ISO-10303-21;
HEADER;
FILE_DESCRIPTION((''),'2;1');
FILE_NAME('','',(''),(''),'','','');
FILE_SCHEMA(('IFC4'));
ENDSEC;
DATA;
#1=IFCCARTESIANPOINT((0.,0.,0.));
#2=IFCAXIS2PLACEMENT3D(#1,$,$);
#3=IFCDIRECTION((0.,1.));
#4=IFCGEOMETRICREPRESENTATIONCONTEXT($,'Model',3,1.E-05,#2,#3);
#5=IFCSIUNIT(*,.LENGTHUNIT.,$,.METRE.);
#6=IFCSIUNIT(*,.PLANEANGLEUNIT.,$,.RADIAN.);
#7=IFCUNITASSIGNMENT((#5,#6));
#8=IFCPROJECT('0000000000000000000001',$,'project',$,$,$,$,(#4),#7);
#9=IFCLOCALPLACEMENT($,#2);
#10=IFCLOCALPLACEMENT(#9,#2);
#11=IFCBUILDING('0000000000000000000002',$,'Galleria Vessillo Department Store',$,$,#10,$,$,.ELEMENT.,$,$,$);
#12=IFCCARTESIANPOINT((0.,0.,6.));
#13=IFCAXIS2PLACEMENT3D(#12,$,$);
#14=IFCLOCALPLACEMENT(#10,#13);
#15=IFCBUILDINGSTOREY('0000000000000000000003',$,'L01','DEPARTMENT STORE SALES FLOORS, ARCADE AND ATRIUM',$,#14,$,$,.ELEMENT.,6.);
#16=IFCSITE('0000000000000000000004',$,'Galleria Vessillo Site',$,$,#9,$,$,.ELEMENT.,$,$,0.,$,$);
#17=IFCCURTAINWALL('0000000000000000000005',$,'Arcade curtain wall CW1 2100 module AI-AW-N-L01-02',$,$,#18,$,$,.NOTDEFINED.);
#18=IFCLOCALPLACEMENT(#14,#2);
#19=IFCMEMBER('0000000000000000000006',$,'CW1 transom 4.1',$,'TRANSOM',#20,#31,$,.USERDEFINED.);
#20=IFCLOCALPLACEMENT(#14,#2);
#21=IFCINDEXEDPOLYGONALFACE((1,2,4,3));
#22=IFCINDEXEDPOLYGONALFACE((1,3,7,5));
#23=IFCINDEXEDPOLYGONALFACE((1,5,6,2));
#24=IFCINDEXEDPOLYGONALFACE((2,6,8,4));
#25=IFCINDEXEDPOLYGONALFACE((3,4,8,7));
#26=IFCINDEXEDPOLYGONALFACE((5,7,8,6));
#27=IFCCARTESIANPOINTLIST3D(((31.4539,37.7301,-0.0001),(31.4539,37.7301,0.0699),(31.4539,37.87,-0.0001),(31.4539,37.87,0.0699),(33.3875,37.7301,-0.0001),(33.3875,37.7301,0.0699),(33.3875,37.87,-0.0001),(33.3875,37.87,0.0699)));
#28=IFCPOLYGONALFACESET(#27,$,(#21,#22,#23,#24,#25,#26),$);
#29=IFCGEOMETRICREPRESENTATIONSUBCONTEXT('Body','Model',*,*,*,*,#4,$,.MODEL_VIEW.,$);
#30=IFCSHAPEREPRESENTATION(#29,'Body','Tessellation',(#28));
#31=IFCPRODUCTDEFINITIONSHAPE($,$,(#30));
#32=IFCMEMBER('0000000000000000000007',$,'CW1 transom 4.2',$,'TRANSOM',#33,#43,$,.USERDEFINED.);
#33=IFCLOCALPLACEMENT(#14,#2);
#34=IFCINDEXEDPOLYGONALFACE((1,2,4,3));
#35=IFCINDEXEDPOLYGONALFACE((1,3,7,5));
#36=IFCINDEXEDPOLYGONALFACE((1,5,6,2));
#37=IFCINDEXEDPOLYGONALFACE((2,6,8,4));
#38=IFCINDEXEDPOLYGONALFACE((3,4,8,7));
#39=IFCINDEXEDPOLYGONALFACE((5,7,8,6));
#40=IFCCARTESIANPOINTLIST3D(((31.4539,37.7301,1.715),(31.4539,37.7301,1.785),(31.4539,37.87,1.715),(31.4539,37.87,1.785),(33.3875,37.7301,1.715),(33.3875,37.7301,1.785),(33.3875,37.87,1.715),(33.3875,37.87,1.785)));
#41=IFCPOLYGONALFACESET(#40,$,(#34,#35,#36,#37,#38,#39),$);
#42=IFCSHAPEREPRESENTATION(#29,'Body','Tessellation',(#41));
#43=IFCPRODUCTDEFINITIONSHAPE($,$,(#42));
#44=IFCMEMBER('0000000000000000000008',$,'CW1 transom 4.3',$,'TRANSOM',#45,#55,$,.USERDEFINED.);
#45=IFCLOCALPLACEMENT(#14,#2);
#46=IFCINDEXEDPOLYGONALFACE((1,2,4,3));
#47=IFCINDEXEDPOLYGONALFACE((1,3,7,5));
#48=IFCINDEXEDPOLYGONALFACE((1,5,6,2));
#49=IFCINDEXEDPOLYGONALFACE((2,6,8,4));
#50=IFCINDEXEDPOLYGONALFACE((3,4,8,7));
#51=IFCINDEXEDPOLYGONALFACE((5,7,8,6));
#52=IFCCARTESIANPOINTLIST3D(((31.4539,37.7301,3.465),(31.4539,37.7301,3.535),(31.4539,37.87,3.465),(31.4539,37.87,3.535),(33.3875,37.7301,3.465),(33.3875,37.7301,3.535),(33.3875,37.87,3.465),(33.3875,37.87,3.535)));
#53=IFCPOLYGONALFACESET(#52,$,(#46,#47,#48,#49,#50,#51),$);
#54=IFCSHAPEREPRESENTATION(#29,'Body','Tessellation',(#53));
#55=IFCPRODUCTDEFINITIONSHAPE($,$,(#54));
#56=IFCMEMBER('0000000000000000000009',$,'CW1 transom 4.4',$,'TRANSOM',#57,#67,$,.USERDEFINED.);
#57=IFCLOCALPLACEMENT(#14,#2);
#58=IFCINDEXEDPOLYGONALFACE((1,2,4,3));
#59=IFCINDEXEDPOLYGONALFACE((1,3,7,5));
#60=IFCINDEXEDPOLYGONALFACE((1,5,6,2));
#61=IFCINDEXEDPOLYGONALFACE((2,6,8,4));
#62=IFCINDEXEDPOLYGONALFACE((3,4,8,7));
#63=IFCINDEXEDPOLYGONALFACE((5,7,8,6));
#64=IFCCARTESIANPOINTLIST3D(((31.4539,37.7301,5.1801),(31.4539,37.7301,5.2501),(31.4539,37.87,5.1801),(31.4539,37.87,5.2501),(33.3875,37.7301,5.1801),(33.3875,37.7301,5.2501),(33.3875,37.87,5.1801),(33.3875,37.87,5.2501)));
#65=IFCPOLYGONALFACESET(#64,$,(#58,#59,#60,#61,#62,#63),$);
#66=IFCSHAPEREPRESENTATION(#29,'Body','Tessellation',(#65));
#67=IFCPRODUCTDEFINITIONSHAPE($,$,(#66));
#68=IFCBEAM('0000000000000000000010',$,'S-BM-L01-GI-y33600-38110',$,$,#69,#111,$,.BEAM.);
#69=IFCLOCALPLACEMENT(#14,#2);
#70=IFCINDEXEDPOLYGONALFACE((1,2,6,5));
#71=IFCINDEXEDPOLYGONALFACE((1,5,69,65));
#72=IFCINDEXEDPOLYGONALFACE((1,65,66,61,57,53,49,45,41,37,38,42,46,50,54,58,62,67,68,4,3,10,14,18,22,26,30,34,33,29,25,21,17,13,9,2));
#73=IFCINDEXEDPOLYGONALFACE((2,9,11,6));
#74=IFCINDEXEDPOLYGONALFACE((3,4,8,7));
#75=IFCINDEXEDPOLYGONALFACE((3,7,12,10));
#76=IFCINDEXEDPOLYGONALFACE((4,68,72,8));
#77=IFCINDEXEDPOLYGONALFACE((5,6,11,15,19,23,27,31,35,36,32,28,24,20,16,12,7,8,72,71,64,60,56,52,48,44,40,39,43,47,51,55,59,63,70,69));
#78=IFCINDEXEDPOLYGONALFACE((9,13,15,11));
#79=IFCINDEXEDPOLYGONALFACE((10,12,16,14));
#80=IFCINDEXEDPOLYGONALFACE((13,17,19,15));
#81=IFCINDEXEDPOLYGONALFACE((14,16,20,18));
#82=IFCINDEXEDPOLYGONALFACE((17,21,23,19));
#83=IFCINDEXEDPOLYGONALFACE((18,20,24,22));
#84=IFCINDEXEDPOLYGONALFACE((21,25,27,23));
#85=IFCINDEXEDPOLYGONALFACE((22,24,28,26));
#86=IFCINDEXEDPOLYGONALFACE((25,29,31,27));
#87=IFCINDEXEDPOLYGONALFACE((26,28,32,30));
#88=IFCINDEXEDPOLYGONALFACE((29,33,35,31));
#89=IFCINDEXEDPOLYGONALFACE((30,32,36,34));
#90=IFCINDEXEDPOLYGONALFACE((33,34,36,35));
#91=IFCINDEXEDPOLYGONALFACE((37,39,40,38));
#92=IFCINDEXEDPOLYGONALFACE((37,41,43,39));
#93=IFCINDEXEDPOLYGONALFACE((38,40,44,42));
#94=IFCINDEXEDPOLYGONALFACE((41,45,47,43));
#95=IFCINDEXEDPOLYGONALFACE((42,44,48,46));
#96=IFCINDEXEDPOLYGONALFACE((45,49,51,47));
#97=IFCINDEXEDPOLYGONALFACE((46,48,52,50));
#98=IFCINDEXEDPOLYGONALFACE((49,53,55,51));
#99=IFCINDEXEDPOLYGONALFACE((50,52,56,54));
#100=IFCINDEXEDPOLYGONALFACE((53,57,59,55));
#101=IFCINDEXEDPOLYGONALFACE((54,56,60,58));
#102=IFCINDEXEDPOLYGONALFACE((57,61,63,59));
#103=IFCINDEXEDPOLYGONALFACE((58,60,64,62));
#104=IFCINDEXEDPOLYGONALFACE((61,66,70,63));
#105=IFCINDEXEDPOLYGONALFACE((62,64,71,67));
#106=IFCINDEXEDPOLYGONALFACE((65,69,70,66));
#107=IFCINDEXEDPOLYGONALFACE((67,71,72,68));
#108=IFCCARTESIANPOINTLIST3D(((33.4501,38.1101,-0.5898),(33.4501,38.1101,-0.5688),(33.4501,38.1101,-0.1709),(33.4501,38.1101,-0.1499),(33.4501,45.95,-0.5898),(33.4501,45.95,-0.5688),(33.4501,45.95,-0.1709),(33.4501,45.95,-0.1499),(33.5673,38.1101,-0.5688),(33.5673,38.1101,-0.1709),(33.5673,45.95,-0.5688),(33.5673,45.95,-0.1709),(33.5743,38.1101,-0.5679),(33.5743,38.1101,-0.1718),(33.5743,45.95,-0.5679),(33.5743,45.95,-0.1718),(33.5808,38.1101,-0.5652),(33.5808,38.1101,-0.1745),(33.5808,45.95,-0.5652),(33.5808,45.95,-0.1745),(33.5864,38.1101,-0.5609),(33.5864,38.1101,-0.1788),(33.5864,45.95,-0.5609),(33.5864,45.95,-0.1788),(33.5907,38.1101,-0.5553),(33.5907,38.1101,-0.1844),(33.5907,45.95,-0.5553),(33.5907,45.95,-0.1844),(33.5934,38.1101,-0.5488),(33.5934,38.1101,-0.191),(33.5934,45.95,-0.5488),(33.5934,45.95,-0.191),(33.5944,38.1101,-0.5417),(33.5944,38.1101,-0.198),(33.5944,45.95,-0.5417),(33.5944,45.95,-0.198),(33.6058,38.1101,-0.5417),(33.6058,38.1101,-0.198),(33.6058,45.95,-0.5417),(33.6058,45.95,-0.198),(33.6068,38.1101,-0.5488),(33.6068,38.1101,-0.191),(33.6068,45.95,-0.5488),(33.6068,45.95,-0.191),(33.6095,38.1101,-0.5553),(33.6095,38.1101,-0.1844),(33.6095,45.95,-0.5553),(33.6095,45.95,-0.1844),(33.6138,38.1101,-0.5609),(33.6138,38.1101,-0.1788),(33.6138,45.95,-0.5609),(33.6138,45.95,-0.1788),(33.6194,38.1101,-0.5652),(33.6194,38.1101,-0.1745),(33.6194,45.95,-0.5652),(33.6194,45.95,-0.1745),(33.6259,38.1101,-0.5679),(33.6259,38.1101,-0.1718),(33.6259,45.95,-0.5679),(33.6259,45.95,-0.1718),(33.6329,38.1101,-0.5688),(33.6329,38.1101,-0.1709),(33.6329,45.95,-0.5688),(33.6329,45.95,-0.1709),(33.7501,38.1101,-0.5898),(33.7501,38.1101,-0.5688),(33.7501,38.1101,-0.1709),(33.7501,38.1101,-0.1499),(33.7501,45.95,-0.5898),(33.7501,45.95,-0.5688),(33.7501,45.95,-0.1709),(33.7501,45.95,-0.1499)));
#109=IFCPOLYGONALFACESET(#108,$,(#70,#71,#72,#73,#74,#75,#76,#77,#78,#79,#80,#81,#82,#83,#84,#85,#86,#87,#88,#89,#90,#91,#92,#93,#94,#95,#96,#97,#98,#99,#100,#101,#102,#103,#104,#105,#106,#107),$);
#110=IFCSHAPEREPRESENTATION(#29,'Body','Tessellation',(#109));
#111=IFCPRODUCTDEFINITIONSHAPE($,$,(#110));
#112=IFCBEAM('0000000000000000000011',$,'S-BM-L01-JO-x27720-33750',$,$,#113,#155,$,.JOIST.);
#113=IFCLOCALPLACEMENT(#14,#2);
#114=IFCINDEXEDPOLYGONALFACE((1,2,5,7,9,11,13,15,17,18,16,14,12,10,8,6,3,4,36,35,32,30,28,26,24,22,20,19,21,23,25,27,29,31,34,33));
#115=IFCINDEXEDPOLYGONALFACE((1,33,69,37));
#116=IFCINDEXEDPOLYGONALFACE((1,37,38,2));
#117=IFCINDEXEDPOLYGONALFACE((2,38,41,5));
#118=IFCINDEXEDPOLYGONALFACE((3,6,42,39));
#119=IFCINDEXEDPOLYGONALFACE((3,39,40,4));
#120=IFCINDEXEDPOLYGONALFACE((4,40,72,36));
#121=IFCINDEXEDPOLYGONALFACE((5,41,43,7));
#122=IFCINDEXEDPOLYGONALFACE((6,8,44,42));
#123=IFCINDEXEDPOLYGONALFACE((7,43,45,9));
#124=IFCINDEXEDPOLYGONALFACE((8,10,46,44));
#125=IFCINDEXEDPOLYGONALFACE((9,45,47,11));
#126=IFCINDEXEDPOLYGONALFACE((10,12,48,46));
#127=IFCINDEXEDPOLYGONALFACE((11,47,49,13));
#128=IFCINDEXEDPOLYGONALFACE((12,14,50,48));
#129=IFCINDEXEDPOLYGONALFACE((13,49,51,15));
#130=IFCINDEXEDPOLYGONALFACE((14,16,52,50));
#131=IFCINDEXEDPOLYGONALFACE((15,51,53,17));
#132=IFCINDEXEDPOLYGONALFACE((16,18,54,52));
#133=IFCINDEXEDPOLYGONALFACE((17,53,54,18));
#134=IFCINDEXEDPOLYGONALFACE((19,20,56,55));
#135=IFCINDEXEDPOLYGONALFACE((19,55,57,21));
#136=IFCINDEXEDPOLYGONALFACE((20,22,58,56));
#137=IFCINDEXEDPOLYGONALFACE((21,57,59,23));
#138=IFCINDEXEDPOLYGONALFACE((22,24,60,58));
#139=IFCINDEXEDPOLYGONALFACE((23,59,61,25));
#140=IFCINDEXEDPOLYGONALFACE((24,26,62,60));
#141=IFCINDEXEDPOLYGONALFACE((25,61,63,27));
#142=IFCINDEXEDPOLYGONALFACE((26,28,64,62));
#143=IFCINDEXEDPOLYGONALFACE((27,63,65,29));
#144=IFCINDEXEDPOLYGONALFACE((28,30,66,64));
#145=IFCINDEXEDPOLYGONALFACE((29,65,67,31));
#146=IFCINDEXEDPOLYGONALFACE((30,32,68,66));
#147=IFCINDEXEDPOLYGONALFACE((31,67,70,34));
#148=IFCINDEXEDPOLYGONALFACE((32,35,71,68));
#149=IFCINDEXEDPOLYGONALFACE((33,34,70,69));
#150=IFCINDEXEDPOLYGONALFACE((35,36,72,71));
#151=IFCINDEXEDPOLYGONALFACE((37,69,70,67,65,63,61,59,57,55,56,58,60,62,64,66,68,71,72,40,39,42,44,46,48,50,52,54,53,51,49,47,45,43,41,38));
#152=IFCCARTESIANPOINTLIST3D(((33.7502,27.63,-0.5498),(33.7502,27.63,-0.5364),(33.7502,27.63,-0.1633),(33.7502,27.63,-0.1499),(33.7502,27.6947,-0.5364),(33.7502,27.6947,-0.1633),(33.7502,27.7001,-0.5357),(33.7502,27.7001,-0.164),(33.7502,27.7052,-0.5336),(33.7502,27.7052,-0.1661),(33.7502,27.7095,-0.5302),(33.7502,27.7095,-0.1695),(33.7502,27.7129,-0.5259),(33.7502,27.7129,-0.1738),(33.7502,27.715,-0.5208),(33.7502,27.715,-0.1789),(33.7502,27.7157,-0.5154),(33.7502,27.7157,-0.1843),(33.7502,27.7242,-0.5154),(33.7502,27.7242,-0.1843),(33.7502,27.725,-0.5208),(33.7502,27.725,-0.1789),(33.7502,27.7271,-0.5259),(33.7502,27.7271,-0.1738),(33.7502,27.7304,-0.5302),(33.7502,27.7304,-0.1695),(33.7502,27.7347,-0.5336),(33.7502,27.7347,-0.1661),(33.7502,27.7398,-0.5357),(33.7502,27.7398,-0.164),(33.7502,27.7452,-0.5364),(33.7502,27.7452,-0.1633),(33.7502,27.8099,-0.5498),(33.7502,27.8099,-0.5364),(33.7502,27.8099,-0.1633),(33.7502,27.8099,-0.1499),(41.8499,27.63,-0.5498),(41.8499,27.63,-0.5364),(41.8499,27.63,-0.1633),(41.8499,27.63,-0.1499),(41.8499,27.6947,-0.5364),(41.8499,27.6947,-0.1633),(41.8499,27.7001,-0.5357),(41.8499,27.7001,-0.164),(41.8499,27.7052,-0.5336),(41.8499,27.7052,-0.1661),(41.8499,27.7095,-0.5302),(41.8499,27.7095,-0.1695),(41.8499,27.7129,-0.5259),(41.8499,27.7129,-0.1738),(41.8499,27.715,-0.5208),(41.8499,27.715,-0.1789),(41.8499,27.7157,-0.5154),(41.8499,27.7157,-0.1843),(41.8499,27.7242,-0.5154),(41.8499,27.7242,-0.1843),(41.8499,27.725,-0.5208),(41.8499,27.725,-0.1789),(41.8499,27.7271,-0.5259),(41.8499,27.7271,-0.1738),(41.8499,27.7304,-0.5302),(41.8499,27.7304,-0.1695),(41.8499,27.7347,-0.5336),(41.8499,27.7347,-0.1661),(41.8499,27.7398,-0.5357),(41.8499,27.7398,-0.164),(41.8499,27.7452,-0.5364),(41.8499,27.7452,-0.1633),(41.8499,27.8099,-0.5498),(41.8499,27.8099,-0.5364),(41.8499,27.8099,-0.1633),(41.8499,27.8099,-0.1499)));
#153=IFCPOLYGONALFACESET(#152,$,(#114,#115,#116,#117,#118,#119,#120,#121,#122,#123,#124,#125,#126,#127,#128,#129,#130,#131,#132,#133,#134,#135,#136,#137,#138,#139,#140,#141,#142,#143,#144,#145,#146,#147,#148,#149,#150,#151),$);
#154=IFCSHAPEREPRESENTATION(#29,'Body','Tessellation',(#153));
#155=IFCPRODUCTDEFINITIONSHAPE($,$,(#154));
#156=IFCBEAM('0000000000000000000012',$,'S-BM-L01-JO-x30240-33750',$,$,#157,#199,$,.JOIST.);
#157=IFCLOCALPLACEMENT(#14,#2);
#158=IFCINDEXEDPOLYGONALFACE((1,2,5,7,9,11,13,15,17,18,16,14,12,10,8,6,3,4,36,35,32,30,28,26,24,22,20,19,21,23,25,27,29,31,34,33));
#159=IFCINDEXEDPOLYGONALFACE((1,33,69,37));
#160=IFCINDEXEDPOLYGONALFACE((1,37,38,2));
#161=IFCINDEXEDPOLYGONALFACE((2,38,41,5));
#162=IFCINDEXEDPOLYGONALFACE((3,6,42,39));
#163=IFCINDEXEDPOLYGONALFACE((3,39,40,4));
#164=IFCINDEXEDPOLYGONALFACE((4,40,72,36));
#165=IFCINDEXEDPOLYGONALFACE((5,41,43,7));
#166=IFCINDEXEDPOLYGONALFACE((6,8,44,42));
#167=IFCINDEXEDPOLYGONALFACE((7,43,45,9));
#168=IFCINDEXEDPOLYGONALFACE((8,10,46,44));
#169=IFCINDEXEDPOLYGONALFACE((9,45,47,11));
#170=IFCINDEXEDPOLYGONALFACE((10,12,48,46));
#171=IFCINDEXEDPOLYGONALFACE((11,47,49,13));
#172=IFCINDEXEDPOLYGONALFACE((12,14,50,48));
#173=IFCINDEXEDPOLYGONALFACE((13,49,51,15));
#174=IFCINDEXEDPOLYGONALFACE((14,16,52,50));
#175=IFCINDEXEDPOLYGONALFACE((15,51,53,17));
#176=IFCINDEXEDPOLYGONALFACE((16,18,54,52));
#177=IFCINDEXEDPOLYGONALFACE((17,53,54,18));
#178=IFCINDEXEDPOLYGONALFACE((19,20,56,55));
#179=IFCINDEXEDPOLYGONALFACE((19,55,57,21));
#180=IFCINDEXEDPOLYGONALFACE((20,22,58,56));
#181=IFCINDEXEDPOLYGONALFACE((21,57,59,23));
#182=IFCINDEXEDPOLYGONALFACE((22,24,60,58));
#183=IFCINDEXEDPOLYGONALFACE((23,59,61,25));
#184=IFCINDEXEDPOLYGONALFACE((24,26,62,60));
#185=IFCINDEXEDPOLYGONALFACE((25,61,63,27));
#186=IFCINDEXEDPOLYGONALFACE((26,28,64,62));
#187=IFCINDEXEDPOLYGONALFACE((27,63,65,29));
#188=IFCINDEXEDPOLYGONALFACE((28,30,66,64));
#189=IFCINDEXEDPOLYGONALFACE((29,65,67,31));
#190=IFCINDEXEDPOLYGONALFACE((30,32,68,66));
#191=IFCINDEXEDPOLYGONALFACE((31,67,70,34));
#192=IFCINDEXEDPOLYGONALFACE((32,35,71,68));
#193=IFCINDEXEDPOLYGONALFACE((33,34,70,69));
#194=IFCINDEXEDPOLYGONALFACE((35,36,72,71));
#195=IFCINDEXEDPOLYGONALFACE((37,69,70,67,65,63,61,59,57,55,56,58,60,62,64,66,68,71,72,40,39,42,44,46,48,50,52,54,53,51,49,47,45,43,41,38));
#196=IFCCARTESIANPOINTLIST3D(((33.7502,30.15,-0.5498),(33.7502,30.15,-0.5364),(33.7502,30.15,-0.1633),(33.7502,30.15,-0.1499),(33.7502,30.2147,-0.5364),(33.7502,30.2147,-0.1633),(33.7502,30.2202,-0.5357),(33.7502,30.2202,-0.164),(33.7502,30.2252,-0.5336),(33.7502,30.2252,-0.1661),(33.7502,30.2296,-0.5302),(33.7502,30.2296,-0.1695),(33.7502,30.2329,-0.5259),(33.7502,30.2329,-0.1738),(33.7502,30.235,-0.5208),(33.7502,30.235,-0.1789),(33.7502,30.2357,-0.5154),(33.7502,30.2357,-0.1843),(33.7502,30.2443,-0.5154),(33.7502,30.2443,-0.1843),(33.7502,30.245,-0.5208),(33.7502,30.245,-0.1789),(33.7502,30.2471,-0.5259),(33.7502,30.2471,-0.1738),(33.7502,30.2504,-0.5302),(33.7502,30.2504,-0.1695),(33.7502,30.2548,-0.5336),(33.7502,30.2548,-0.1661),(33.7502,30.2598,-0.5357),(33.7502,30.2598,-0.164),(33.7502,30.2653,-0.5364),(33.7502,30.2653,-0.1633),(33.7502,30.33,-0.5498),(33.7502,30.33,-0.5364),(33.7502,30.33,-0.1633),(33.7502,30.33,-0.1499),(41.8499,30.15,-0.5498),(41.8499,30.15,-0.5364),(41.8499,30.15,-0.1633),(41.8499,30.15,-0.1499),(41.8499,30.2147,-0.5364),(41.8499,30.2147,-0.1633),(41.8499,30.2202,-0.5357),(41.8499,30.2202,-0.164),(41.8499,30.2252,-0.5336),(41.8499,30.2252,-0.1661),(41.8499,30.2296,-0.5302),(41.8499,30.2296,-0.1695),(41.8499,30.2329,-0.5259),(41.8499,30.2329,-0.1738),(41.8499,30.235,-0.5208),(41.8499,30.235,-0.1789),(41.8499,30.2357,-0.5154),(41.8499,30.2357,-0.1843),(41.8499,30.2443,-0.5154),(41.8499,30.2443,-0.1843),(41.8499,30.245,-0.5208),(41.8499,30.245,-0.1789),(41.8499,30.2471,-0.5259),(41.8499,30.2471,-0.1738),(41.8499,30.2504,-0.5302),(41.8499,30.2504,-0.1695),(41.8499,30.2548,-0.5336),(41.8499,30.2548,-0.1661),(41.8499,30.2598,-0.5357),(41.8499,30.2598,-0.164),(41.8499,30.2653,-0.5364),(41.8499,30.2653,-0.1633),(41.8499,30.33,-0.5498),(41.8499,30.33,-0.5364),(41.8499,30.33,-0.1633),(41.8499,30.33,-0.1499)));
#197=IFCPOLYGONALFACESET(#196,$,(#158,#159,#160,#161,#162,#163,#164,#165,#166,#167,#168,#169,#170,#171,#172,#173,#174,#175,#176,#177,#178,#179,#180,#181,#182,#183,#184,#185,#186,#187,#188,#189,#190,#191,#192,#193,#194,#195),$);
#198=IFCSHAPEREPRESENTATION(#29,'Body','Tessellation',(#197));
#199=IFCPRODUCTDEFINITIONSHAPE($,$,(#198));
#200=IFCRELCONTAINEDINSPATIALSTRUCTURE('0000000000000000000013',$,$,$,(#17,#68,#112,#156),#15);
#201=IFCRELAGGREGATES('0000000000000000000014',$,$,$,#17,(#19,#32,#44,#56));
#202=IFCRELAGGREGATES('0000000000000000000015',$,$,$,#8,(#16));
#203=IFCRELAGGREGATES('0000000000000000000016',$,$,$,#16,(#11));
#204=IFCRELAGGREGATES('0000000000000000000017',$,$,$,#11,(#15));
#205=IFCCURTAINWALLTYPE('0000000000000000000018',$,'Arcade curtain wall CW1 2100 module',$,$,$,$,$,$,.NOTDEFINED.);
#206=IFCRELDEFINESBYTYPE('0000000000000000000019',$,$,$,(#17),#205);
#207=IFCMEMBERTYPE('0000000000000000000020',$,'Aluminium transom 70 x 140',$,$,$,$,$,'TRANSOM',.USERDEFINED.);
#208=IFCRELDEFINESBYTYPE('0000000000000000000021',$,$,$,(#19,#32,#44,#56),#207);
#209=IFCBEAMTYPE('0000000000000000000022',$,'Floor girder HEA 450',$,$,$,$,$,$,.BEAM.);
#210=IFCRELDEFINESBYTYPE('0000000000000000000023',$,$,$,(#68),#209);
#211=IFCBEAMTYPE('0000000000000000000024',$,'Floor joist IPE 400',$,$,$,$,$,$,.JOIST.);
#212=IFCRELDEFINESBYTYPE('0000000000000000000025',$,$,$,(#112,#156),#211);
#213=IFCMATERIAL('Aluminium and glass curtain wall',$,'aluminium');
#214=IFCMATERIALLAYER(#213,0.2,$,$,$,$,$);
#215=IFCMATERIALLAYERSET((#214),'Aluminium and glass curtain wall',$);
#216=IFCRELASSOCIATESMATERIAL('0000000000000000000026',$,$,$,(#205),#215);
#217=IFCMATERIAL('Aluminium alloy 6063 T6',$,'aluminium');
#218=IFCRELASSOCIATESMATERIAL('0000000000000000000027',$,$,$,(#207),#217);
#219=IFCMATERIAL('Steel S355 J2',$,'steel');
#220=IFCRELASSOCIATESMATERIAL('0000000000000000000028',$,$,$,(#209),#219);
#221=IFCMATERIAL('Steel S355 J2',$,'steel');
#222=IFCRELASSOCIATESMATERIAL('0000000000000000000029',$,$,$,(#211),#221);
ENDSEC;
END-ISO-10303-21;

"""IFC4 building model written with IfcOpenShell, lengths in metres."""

from ifc_helpers import new_model, si_unit, direction, frame, origin, origin_2d, place, context, subcontext, project, spatial, rectangle, i_section, extrude, material, layer, layer_set, material_profile, profile_set, type_object, element, aggregate, save


model = new_model("IFC4")

# Units and contexts
model_context = context("Model", 3, precision=1e-05, world=origin(), true_north=direction((0.0, 1.0)))
body_context = subcontext(model_context, "Body", "Model", "MODEL_VIEW")
ifc_project = project(units=[si_unit("LENGTHUNIT", "METRE"), si_unit("PLANEANGLEUNIT", "RADIAN")], contexts=[model_context])

# Site, building, storey
site_placement = place(None, origin())
site = spatial("IfcSite", under=ifc_project, at=site_placement, Name="Galleria Vessillo Site", CompositionType="ELEMENT", RefElevation=0.0)
building_placement = place(site_placement, origin())
building = spatial("IfcBuilding", under=site, at=building_placement, Name="Galleria Vessillo Department Store", CompositionType="ELEMENT")
storey_placement = place(building_placement, frame((0.0, 0.0, 6.0)))
storey = spatial("IfcBuildingStorey", under=building, at=storey_placement, Name="L01", Description="DEPARTMENT STORE SALES FLOORS, ARCADE AND ATRIUM", CompositionType="ELEMENT", Elevation=6.0)

# Curtain wall, members
ifc_material_1 = material(Name="Aluminium and glass curtain wall", Category="aluminium")
ifc_layer_1 = layer(ifc_material_1, 0.2)
ifc_layer_set_1 = layer_set([ifc_layer_1], Name="Aluminium and glass curtain wall")
curtain_wall_type = type_object("IfcCurtainWallType", Name="Arcade curtain wall CW1 2100 module", PredefinedType="NOTDEFINED", material=ifc_layer_set_1)
curtain_wall_placement = place(storey_placement, origin())
curtain_wall = element("IfcCurtainWall", 1, at=curtain_wall_placement, inside=storey, type_object=curtain_wall_type, Name="Arcade curtain wall CW1 2100 module AI-AW-N-L01-02", PredefinedType="NOTDEFINED")
ifc_material_2 = material(Name="Aluminium alloy 6063 T6", Category="aluminium")
ifc_material_profile_1 = material_profile(ifc_material_2, rectangle(XDim=0.1399, YDim=0.0701, at=origin_2d()), Name="AL 70x140")
ifc_profile_set_1 = profile_set([ifc_material_profile_1], Name="Aluminium alloy 6063 T6")
member_type_1 = type_object("IfcMemberType", Name="Aluminium transom 70 x 140", ElementType="TRANSOM", PredefinedType="USERDEFINED", material=ifc_profile_set_1)
member_1_placement = place(storey_placement, frame((31.4539, 37.8, 0.0349), z_axis=(1.0, 0.0, 0.0), x_axis=(0.0, 1.0, 0.0)))
member_1 = element("IfcMember", 2, at=member_1_placement, type_object=member_type_1, Name="CW1 transom 4.1", ObjectType="TRANSOM", PredefinedType="USERDEFINED", context=body_context, shape_type="SweptSolid", body=[
    extrude(rectangle(XDim=0.1399, YDim=0.0701, at=origin_2d()), origin(), (0.0, 0.0, 1.0), 1.9336),
])
member_2_placement = place(storey_placement, frame((31.4539, 37.8, 1.75), z_axis=(1.0, 0.0, 0.0), x_axis=(0.0, 1.0, 0.0)))
member_2 = element("IfcMember", 3, at=member_2_placement, type_object=member_type_1, Name="CW1 transom 4.2", ObjectType="TRANSOM", PredefinedType="USERDEFINED", context=body_context, shape_type="SweptSolid", body=[
    extrude(rectangle(XDim=0.1399, YDim=0.0701, at=origin_2d()), origin(), (0.0, 0.0, 1.0), 1.9336),
])
member_3_placement = place(storey_placement, frame((31.4539, 37.8, 3.5), z_axis=(1.0, 0.0, 0.0), x_axis=(0.0, 1.0, 0.0)))
member_3 = element("IfcMember", 4, at=member_3_placement, type_object=member_type_1, Name="CW1 transom 4.3", ObjectType="TRANSOM", PredefinedType="USERDEFINED", context=body_context, shape_type="SweptSolid", body=[
    extrude(rectangle(XDim=0.1399, YDim=0.0701, at=origin_2d()), origin(), (0.0, 0.0, 1.0), 1.9336),
])
member_4_placement = place(storey_placement, frame((31.4539, 37.8, 5.2151), z_axis=(1.0, 0.0, 0.0), x_axis=(0.0, 1.0, 0.0)))
member_4 = element("IfcMember", 5, at=member_4_placement, type_object=member_type_1, Name="CW1 transom 4.4", ObjectType="TRANSOM", PredefinedType="USERDEFINED", context=body_context, shape_type="SweptSolid", body=[
    extrude(rectangle(XDim=0.1399, YDim=0.0701, at=origin_2d()), origin(), (0.0, 0.0, 1.0), 1.9336),
])

# Beams
ifc_material_3 = material(Name="Steel S355 J2", Category="steel")
ifc_material_profile_2 = material_profile(ifc_material_3, i_section(OverallWidth=0.3, OverallDepth=0.4399, WebThickness=0.0115, FlangeThickness=0.021, FilletRadius=0.0271, at=origin_2d()), Name="HEA 450")
ifc_profile_set_2 = profile_set([ifc_material_profile_2], Name="Steel S355 J2")
beam_type_1 = type_object("IfcBeamType", Name="Floor girder HEA 450", PredefinedType="BEAM", material=ifc_profile_set_2)
beam_1_placement = place(storey_placement, frame((33.6001, 38.1101, -0.3699), z_axis=(0.0, 1.0, 0.0), x_axis=(-1.0, 0.0, 0.0)))
element("IfcBeam", 6, at=beam_1_placement, inside=storey, type_object=beam_type_1, Name="S-BM-L01-GI-y33600-38110", PredefinedType="BEAM", context=body_context, shape_type="SweptSolid", body=[
    extrude(i_section(OverallWidth=0.3, OverallDepth=0.4399, WebThickness=0.0115, FlangeThickness=0.021, FilletRadius=0.0271, at=origin_2d()), origin(), (0.0, 0.0, 1.0), 7.8398),
])
ifc_material_4 = material(Name="Steel S355 J2", Category="steel")
ifc_material_profile_3 = material_profile(ifc_material_4, i_section(OverallWidth=0.1799, OverallDepth=0.3999, WebThickness=0.0085, FlangeThickness=0.0134, FilletRadius=0.021, at=origin_2d()), Name="IPE 400")
ifc_profile_set_3 = profile_set([ifc_material_profile_3], Name="Steel S355 J2")
beam_type_2 = type_object("IfcBeamType", Name="Floor joist IPE 400", PredefinedType="JOIST", material=ifc_profile_set_3)
for number, where, z_axis, x_axis, name in (
    (7, (33.7502, 27.72, -0.3499), (1.0, 0.0, 0.0), (0.0, 1.0, 0.0), "S-BM-L01-JO-x27720-33750"),
    (8, (33.7502, 30.24, -0.3499), (1.0, 0.0, 0.0), (0.0, 1.0, 0.0), "S-BM-L01-JO-x30240-33750"),
):
    element("IfcBeam", number, at=place(storey_placement, frame(where, z_axis=z_axis, x_axis=x_axis)), inside=storey, type_object=beam_type_2, Name=name, PredefinedType="JOIST", context=body_context, shape_type="SweptSolid", body=[
        extrude(i_section(OverallWidth=0.1799, OverallDepth=0.3999, WebThickness=0.0085, FlangeThickness=0.0134, FilletRadius=0.021, at=origin_2d()), origin(), (0.0, 0.0, 1.0), 8.0996),
    ])

aggregate(curtain_wall, [member_1, member_2, member_3, member_4])

save(model, "model.ifc")
